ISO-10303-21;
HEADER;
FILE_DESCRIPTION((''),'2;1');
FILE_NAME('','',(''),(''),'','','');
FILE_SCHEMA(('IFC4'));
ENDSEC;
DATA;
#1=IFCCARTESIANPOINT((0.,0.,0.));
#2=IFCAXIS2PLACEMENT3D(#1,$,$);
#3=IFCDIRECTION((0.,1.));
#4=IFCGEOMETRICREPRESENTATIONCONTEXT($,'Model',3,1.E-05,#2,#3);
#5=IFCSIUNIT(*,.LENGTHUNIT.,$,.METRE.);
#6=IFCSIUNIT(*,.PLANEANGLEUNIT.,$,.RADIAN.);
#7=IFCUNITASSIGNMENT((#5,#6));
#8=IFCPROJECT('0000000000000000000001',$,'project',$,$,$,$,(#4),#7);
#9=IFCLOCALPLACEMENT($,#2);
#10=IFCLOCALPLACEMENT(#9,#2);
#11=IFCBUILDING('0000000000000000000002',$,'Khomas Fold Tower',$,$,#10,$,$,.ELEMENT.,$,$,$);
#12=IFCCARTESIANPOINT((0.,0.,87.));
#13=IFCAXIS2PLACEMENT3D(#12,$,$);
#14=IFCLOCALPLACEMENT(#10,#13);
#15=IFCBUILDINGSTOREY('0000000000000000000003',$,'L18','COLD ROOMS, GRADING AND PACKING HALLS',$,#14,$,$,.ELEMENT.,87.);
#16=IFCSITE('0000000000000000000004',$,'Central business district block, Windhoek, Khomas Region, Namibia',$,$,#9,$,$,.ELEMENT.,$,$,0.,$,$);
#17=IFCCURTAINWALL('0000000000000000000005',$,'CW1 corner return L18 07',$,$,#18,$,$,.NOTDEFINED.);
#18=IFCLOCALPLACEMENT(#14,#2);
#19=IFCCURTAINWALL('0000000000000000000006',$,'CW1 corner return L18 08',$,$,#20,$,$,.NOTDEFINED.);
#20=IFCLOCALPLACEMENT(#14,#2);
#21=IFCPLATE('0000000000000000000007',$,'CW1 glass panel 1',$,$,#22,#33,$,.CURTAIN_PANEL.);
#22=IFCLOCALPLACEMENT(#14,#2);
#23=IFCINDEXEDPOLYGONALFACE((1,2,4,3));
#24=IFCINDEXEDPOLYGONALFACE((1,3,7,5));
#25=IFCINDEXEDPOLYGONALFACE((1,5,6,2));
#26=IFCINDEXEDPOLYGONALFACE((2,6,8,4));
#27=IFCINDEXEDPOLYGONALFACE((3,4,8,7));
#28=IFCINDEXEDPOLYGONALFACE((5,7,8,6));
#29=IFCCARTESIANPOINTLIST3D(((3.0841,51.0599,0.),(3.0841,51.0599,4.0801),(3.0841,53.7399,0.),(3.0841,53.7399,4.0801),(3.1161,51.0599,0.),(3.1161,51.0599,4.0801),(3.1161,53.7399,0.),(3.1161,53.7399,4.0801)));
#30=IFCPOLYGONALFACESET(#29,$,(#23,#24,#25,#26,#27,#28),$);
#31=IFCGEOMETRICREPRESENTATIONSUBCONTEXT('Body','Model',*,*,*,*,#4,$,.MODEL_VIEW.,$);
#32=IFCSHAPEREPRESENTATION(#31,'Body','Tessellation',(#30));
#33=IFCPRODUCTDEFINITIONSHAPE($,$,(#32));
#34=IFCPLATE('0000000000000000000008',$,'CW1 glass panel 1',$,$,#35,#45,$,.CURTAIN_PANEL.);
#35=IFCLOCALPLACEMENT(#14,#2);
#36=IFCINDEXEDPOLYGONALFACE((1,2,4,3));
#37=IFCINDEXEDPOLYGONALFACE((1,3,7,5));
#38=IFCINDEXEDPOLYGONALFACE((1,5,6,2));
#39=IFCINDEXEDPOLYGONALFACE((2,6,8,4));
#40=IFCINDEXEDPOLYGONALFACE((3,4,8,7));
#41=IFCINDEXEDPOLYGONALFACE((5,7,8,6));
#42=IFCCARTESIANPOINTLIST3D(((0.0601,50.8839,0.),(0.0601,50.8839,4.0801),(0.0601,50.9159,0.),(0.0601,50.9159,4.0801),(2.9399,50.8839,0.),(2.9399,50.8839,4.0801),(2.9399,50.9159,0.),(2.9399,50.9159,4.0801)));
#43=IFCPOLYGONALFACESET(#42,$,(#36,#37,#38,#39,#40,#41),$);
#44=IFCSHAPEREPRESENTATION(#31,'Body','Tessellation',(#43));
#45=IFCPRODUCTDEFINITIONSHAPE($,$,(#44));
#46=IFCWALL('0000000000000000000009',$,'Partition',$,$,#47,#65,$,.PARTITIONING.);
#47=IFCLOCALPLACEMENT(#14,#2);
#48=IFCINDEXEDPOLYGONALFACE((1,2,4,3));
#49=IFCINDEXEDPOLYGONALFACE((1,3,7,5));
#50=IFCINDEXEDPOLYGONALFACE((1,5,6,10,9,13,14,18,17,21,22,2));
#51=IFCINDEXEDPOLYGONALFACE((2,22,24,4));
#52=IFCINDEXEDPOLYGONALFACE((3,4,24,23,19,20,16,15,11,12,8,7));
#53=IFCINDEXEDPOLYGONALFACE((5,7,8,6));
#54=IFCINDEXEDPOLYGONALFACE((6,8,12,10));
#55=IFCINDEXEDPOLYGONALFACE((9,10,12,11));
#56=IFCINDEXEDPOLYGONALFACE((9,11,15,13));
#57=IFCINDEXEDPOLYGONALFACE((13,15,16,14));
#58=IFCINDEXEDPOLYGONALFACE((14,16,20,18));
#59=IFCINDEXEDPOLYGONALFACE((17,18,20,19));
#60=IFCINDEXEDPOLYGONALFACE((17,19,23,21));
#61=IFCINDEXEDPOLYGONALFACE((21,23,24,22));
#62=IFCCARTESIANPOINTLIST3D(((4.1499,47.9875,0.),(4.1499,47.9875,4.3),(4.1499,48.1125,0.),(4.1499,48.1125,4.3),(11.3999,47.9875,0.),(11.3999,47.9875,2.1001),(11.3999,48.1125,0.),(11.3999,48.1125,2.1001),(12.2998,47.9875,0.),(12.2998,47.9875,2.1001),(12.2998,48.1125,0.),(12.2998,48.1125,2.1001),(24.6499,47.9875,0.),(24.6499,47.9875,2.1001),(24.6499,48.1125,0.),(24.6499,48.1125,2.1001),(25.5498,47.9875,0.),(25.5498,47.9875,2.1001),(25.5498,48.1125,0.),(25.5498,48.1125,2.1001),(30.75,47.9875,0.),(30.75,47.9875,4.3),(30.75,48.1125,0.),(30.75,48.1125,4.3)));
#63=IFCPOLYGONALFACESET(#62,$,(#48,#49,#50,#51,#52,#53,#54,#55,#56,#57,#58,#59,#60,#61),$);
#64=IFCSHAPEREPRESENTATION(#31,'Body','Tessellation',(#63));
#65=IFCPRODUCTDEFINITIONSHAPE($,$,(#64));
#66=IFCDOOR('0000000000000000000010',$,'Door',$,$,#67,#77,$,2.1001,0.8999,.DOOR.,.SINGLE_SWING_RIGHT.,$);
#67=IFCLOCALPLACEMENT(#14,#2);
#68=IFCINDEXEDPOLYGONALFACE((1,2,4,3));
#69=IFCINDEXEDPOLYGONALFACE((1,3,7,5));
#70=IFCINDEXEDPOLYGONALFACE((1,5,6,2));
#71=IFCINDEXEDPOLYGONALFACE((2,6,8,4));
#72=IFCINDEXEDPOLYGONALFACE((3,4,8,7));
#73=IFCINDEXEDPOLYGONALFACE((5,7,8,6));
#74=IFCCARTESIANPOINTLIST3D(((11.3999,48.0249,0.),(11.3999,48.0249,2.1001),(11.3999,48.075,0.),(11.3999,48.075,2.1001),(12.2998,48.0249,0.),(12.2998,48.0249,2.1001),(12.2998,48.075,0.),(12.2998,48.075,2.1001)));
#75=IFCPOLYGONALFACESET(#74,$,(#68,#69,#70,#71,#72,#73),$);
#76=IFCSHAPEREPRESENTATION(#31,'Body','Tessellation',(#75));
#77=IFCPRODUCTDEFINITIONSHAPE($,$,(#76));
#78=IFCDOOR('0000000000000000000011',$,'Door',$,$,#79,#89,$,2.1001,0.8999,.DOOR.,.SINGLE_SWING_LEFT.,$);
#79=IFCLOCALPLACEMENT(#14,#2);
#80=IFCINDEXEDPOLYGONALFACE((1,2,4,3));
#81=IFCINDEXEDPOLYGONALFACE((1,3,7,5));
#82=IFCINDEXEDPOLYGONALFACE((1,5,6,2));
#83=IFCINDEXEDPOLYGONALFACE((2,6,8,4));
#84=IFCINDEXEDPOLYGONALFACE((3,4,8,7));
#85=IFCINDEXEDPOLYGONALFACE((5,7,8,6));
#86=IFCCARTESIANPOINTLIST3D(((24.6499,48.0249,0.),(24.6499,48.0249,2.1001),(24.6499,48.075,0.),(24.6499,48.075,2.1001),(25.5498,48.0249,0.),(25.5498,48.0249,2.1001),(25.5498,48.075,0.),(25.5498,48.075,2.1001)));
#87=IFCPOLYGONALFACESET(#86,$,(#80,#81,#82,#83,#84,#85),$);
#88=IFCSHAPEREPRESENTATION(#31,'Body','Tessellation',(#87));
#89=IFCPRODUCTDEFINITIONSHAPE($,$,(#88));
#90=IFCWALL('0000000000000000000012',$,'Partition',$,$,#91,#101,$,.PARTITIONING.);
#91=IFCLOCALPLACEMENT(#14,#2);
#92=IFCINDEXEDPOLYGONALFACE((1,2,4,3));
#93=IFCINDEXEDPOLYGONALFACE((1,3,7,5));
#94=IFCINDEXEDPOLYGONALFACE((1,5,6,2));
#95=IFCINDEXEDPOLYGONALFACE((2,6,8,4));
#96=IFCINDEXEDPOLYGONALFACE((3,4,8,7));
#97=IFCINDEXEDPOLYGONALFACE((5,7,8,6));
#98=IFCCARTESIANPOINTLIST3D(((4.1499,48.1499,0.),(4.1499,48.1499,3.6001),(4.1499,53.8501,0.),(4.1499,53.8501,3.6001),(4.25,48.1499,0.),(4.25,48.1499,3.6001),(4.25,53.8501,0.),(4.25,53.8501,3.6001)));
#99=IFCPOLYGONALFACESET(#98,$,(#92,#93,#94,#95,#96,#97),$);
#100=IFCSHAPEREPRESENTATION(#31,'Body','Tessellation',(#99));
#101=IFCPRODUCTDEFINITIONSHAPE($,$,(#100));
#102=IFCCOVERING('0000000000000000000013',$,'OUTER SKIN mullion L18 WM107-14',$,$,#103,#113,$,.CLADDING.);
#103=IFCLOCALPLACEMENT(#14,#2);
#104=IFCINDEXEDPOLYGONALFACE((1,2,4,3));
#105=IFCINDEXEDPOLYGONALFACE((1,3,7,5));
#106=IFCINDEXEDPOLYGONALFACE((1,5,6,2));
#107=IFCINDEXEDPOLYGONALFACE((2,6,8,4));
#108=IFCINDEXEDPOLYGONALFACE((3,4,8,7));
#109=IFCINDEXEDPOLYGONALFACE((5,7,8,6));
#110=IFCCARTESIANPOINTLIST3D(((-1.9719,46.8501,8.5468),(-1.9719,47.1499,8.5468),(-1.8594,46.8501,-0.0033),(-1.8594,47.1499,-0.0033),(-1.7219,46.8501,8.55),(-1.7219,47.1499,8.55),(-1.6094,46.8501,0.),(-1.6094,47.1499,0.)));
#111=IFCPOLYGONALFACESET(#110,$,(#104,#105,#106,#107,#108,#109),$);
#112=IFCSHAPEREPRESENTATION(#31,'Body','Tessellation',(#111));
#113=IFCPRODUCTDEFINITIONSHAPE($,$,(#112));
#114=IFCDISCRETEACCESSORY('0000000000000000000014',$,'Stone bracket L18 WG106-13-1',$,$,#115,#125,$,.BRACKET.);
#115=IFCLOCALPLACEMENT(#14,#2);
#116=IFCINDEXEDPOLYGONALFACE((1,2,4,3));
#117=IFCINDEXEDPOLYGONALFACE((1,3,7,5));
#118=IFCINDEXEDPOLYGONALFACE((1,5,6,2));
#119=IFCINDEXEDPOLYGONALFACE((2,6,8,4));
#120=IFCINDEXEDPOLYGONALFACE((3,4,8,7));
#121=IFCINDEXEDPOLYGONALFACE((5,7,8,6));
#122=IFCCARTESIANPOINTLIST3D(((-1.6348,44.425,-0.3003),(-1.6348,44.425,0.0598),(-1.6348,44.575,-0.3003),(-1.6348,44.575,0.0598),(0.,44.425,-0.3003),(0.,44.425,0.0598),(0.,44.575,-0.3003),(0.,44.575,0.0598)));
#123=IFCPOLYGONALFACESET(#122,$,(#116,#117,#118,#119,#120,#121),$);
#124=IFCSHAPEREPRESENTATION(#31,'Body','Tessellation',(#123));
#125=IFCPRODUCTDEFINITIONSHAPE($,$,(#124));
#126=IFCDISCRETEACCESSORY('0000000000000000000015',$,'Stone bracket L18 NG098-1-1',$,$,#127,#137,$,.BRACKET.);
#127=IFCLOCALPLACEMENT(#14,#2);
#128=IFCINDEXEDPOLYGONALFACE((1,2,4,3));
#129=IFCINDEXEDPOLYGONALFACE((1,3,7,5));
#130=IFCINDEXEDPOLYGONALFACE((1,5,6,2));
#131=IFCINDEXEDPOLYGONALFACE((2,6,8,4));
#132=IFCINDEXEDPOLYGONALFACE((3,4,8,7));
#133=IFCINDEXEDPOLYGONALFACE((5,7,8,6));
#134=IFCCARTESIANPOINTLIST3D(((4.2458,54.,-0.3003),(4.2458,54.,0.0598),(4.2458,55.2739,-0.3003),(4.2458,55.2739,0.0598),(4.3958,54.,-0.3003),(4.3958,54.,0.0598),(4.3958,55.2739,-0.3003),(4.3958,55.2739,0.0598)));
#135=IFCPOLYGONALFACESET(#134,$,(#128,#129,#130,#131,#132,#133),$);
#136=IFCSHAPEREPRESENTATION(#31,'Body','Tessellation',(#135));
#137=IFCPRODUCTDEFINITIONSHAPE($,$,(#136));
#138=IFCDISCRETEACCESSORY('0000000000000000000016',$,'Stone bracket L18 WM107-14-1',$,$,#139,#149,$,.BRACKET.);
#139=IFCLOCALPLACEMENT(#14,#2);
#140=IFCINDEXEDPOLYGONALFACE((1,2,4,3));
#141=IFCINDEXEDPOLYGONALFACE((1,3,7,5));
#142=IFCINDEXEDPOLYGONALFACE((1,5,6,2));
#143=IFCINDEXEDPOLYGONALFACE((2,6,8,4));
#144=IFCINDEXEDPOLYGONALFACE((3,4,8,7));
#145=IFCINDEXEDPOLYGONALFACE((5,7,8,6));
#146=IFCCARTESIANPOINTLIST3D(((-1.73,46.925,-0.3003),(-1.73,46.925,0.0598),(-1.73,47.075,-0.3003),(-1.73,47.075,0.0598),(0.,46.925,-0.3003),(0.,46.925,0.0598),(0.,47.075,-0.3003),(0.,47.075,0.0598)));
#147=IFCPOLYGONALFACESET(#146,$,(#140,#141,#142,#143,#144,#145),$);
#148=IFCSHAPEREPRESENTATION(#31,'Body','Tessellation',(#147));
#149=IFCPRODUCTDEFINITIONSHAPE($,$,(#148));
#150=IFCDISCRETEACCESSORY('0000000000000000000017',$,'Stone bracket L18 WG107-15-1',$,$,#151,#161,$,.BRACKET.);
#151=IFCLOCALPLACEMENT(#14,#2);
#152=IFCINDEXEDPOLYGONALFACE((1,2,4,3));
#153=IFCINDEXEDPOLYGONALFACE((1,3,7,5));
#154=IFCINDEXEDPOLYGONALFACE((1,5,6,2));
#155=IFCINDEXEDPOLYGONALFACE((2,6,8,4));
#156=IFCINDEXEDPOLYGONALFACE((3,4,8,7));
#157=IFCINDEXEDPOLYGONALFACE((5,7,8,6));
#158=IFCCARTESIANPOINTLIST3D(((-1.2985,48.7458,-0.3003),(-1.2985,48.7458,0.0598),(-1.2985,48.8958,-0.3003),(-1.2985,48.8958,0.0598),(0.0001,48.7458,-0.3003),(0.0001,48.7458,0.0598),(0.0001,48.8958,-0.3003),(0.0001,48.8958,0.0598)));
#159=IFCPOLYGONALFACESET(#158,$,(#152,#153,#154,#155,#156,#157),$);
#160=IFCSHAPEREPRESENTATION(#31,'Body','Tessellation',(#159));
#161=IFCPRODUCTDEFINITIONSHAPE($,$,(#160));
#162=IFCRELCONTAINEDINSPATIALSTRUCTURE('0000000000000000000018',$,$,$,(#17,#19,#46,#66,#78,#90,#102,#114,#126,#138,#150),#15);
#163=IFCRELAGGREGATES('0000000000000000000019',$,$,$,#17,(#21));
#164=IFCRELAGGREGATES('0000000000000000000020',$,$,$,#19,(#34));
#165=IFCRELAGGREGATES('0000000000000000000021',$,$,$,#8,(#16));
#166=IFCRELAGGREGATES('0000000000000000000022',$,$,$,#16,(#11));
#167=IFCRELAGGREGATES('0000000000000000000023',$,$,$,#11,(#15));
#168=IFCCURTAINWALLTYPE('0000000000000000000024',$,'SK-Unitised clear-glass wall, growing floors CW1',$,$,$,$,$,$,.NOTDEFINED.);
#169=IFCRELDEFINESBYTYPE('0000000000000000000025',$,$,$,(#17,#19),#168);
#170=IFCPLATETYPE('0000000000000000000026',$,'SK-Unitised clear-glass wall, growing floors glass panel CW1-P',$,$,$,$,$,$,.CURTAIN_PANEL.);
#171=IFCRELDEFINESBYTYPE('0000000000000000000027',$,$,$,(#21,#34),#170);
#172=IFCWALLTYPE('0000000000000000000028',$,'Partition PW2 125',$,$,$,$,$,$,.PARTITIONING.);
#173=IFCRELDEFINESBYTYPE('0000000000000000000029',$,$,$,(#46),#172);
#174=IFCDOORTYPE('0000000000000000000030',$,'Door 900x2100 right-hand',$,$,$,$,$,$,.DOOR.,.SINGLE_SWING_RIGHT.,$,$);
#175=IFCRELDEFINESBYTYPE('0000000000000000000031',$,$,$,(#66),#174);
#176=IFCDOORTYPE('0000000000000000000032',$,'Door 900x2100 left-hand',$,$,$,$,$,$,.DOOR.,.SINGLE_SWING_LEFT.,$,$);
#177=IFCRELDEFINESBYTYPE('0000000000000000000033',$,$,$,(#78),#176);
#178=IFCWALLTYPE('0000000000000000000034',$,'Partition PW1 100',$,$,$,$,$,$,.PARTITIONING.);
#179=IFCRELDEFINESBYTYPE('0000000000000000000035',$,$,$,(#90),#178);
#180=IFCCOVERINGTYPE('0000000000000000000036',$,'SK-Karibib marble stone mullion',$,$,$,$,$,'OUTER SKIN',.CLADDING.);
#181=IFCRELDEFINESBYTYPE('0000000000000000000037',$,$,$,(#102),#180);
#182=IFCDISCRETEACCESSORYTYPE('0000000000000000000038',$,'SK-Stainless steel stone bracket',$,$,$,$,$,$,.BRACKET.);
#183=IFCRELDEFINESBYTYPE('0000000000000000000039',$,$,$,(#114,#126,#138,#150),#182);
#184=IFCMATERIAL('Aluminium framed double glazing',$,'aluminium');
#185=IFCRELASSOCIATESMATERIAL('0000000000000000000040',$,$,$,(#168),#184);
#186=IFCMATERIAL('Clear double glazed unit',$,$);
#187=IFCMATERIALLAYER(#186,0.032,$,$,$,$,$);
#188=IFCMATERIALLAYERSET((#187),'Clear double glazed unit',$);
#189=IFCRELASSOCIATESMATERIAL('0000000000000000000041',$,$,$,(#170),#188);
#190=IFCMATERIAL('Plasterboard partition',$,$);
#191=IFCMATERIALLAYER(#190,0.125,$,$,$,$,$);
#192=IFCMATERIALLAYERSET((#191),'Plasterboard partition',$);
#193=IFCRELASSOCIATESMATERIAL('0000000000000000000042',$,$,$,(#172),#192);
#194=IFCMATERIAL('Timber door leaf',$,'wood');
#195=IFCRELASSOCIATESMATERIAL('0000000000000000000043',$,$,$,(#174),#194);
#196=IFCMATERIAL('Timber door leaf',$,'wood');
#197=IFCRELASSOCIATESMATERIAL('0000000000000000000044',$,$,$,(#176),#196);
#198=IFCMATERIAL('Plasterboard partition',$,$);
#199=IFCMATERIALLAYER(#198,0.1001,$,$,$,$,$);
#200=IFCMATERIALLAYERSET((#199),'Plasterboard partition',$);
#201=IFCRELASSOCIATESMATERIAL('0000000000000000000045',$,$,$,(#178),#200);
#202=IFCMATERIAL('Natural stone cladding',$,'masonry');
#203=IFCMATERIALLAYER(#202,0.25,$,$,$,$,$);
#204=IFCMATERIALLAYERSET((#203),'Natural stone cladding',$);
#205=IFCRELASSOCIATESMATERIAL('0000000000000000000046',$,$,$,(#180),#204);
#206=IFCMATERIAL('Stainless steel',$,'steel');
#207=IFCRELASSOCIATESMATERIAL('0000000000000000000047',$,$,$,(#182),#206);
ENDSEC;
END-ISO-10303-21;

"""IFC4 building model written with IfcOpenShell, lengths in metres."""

from ifc_helpers import new_model, si_unit, direction, frame, frame_2d, origin, origin_2d, place, context, subcontext, project, spatial, polyline, rectangle, outline, extrude, source, transform, mapped, material, layer, layer_set, type_object, element, fill, aggregate, save


model = new_model("IFC4")

# Units and contexts
model_context = context("Model", 3, precision=1e-05, world=origin(), true_north=direction((0.0, 1.0)))
body_context = subcontext(model_context, "Body", "Model", "MODEL_VIEW")
ifc_project = project(units=[si_unit("LENGTHUNIT", "METRE"), si_unit("PLANEANGLEUNIT", "RADIAN")], contexts=[model_context])

# Site, building, storey
site_placement = place(None, origin())
site = spatial("IfcSite", under=ifc_project, at=site_placement, Name="Central business district block, Windhoek, Khomas Region, Namibia", CompositionType="ELEMENT", RefElevation=0.0)
building_placement = place(site_placement, origin())
building = spatial("IfcBuilding", under=site, at=building_placement, Name="Khomas Fold Tower", CompositionType="ELEMENT")
storey_placement = place(building_placement, frame((0.0, 0.0, 87.0)))
storey = spatial("IfcBuildingStorey", under=building, at=storey_placement, Name="L18", Description="COLD ROOMS, GRADING AND PACKING HALLS", CompositionType="ELEMENT", Elevation=87.0)

# Shared definitions
ifc_material_1 = material(Name="Aluminium framed double glazing", Category="aluminium")
curtain_wall_type = type_object("IfcCurtainWallType", Name="SK-Unitised clear-glass wall, growing floors CW1", PredefinedType="NOTDEFINED", material=ifc_material_1)

# Curtain walls
curtain_wall_1_placement = place(storey_placement, origin())
curtain_wall_1 = element("IfcCurtainWall", 1, at=curtain_wall_1_placement, inside=storey, type_object=curtain_wall_type, Name="CW1 corner return L18 07", PredefinedType="NOTDEFINED")
curtain_wall_2_placement = place(storey_placement, origin())
curtain_wall_2 = element("IfcCurtainWall", 2, at=curtain_wall_2_placement, inside=storey, type_object=curtain_wall_type, Name="CW1 corner return L18 08", PredefinedType="NOTDEFINED")

# Plates
ifc_material_2 = material(Name="Clear double glazed unit")
ifc_layer_1 = layer(ifc_material_2, 0.032)
ifc_layer_set_1 = layer_set([ifc_layer_1], Name="Clear double glazed unit")
plate_type_1 = type_object("IfcPlateType", Name="SK-Unitised clear-glass wall, growing floors glass panel CW1-P", PredefinedType="CURTAIN_PANEL", material=ifc_layer_set_1)
shared_shape_1 = source(origin(), body_context, "Body", "SweptSolid", [
    extrude(rectangle(XDim=2.6799, YDim=0.032, at=origin_2d()), origin(), (0.0, 0.0, 1.0), 4.0801),
])
plate_1_placement = place(storey_placement, frame((3.1001, 52.3999, 0.0), z_axis=(0.0, 0.0, 1.0), x_axis=(0.0, -1.0, 0.0)))
plate_1 = element("IfcPlate", 3, at=plate_1_placement, type_object=plate_type_1, Name="CW1 glass panel 1", PredefinedType="CURTAIN_PANEL", context=body_context, shape_type="MappedRepresentation", body=[
    mapped(shared_shape_1, transform((0.0, 0.0, 0.0))),
])
aggregate(curtain_wall_1, [plate_1])
shared_shape_2 = source(origin(), body_context, "Body", "SweptSolid", [
    extrude(rectangle(XDim=2.8799, YDim=0.032, at=origin_2d()), origin(), (0.0, 0.0, 1.0), 4.0801),
])
plate_2_placement = place(storey_placement, frame((1.5, 50.8999, 0.0), z_axis=(0.0, 0.0, 1.0), x_axis=(-1.0, 0.0, 0.0)))
plate_2 = element("IfcPlate", 4, at=plate_2_placement, type_object=plate_type_1, Name="CW1 glass panel 1", PredefinedType="CURTAIN_PANEL", context=body_context, shape_type="MappedRepresentation", body=[
    mapped(shared_shape_2, transform((0.0, 0.0, 0.0))),
])
aggregate(curtain_wall_2, [plate_2])

# Wall, openings, doors
ifc_material_3 = material(Name="Plasterboard partition")
ifc_layer_2 = layer(ifc_material_3, 0.125)
ifc_layer_set_2 = layer_set([ifc_layer_2], Name="Plasterboard partition")
wall_type_1 = type_object("IfcWallType", Name="Partition PW2 125", PredefinedType="PARTITIONING", material=ifc_layer_set_2)
shared_shape_3 = source(origin(), body_context, "Body", "SweptSolid", [
    extrude(rectangle(XDim=26.6001, YDim=0.125, at=frame_2d((13.3, 0.0))), origin(), (0.0, 0.0, 1.0), 4.3),
])
wall_1_placement = place(storey_placement, frame((4.1499, 48.05, 0.0), z_axis=(0.0, 0.0, 1.0), x_axis=(1.0, 0.0, 0.0)))
wall_1 = element("IfcWall", 5, at=wall_1_placement, inside=storey, type_object=wall_type_1, Name="Partition", PredefinedType="PARTITIONING", context=body_context, shape_type="MappedRepresentation", body=[
    mapped(shared_shape_3, transform((0.0, 0.0, 0.0))),
])
shared_shape_4 = source(origin(), body_context, "Body", "SweptSolid", [
    extrude(rectangle(XDim=0.8999, YDim=2.1001, at=frame_2d((0.45, 1.05))), frame((0.0, 0.0725, 0.0), z_axis=(0.0, -1.0, 0.0), x_axis=(1.0, 0.0, 0.0)), (0.0, 0.0, 1.0), 0.145),
])
opening_1_placement = place(wall_1_placement, frame((7.25, 0.0, 0.0)))
opening_1 = element("IfcOpeningElement", 6, at=opening_1_placement, cuts=wall_1, PredefinedType="OPENING", context=body_context, shape_type="MappedRepresentation", body=[
    mapped(shared_shape_4, transform((0.0, 0.0, 0.0))),
])
opening_2_placement = place(wall_1_placement, frame((20.5, 0.0, 0.0)))
opening_2 = element("IfcOpeningElement", 7, at=opening_2_placement, cuts=wall_1, PredefinedType="OPENING", context=body_context, shape_type="MappedRepresentation", body=[
    mapped(shared_shape_4, transform((0.0, 0.0, 0.0))),
])
ifc_material_4 = material(Name="Timber door leaf", Category="wood")
door_type_1 = type_object("IfcDoorType", Name="Door 900x2100 right-hand", OperationType="SINGLE_SWING_RIGHT", PredefinedType="DOOR", material=ifc_material_4)
shared_shape_5 = source(origin(), body_context, "Body", "SweptSolid", [
    extrude(rectangle(XDim=0.8999, YDim=2.1001, at=frame_2d((0.45, 1.05))), frame((0.0, 0.0249, 0.0), z_axis=(0.0, -1.0, 0.0), x_axis=(1.0, 0.0, 0.0)), (0.0, 0.0, 1.0), 0.05),
])
door_1_placement = place(opening_1_placement, origin())
door_1 = element("IfcDoor", 8, at=door_1_placement, inside=storey, type_object=door_type_1, Name="Door", OperationType="SINGLE_SWING_RIGHT", OverallHeight=2.1001, OverallWidth=0.8999, PredefinedType="DOOR", context=body_context, shape_type="MappedRepresentation", body=[
    mapped(shared_shape_5, transform((0.0, 0.0, 0.0))),
])
fill(opening_1, door_1)
ifc_material_5 = material(Name="Timber door leaf", Category="wood")
door_type_2 = type_object("IfcDoorType", Name="Door 900x2100 left-hand", OperationType="SINGLE_SWING_LEFT", PredefinedType="DOOR", material=ifc_material_5)
door_2_placement = place(opening_2_placement, origin())
door_2 = element("IfcDoor", 9, at=door_2_placement, inside=storey, type_object=door_type_2, Name="Door", OperationType="SINGLE_SWING_LEFT", OverallHeight=2.1001, OverallWidth=0.8999, PredefinedType="DOOR", context=body_context, shape_type="MappedRepresentation", body=[
    mapped(shared_shape_5, transform((0.0, 0.0, 0.0))),
])
fill(opening_2, door_2)

# Wall
ifc_material_6 = material(Name="Plasterboard partition")
ifc_layer_3 = layer(ifc_material_6, 0.1001)
ifc_layer_set_3 = layer_set([ifc_layer_3], Name="Plasterboard partition")
wall_type_2 = type_object("IfcWallType", Name="Partition PW1 100", PredefinedType="PARTITIONING", material=ifc_layer_set_3)
shared_shape_6 = source(origin(), body_context, "Body", "SweptSolid", [
    extrude(rectangle(XDim=5.7002, YDim=0.1001, at=frame_2d((2.8501, 0.0))), origin(), (0.0, 0.0, 1.0), 3.6001),
])
wall_2_placement = place(storey_placement, frame((4.2, 48.1499, 0.0), z_axis=(0.0, 0.0, 1.0), x_axis=(0.0, 1.0, 0.0)))
element("IfcWall", 10, at=wall_2_placement, inside=storey, type_object=wall_type_2, Name="Partition", PredefinedType="PARTITIONING", context=body_context, shape_type="MappedRepresentation", body=[
    mapped(shared_shape_6, transform((0.0, 0.0, 0.0))),
])

# Covering
ifc_material_7 = material(Name="Natural stone cladding", Category="masonry")
ifc_layer_4 = layer(ifc_material_7, 0.25)
ifc_layer_set_4 = layer_set([ifc_layer_4], Name="Natural stone cladding")
covering_type = type_object("IfcCoveringType", Name="SK-Karibib marble stone mullion", ElementType="OUTER SKIN", PredefinedType="CLADDING", material=ifc_layer_set_4)
covering_placement = place(storey_placement, frame((-1.7219, 47.1499, 8.55), z_axis=(0.999913, 0.0, 0.013162), x_axis=(0.013162, 0.0, -0.999913)))
element("IfcCovering", 11, at=covering_placement, inside=storey, type_object=covering_type, Name="OUTER SKIN mullion L18 WM107-14", PredefinedType="CLADDING", context=body_context, shape_type="SweptSolid", body=[
    extrude(outline(polyline([(0.0, 0.0), (8.5508, 0.0), (8.5508, -0.2998), (0.0, -0.2998), (0.0, 0.0)])), origin(), (0.0, 0.0, -1.0), 0.25),
])

# Discrete accessories
ifc_material_8 = material(Name="Stainless steel", Category="steel")
discrete_accessory_type = type_object("IfcDiscreteAccessoryType", Name="SK-Stainless steel stone bracket", PredefinedType="BRACKET", material=ifc_material_8)
shared_shape_7 = source(origin(), body_context, "Body", "SweptSolid", [
    extrude(rectangle(XDim=1.6348, YDim=0.1499, at=origin_2d()), origin(), (0.0, 0.0, 1.0), 0.3601),
])
discrete_accessory_1_placement = place(storey_placement, frame((-0.8174, 44.5, -0.3003), z_axis=(0.0, 0.0, 1.0), x_axis=(-1.0, 0.0, 0.0)))
element("IfcDiscreteAccessory", 12, at=discrete_accessory_1_placement, inside=storey, type_object=discrete_accessory_type, Name="Stone bracket L18 WG106-13-1", PredefinedType="BRACKET", context=body_context, shape_type="MappedRepresentation", body=[
    mapped(shared_shape_7, transform((0.0, 0.0, 0.0))),
])
shared_shape_8 = source(origin(), body_context, "Body", "SweptSolid", [
    extrude(rectangle(XDim=1.2739, YDim=0.1499, at=origin_2d()), origin(), (0.0, 0.0, 1.0), 0.3601),
])
discrete_accessory_2_placement = place(storey_placement, frame((4.3208, 54.637, -0.3003), z_axis=(0.0, 0.0, 1.0), x_axis=(0.0, 1.0, 0.0)))
element("IfcDiscreteAccessory", 13, at=discrete_accessory_2_placement, inside=storey, type_object=discrete_accessory_type, Name="Stone bracket L18 NG098-1-1", PredefinedType="BRACKET", context=body_context, shape_type="MappedRepresentation", body=[
    mapped(shared_shape_8, transform((0.0, 0.0, 0.0))),
])
shared_shape_9 = source(origin(), body_context, "Body", "SweptSolid", [
    extrude(rectangle(XDim=1.73, YDim=0.1499, at=origin_2d()), origin(), (0.0, 0.0, 1.0), 0.3601),
])
discrete_accessory_3_placement = place(storey_placement, frame((-0.865, 47.0, -0.3003), z_axis=(0.0, 0.0, 1.0), x_axis=(-1.0, 0.0, 0.0)))
element("IfcDiscreteAccessory", 14, at=discrete_accessory_3_placement, inside=storey, type_object=discrete_accessory_type, Name="Stone bracket L18 WM107-14-1", PredefinedType="BRACKET", context=body_context, shape_type="MappedRepresentation", body=[
    mapped(shared_shape_9, transform((0.0, 0.0, 0.0))),
])
shared_shape_10 = source(origin(), body_context, "Body", "SweptSolid", [
    extrude(rectangle(XDim=1.2986, YDim=0.1499, at=origin_2d()), origin(), (0.0, 0.0, 1.0), 0.3601),
])
discrete_accessory_4_placement = place(storey_placement, frame((-0.6492, 48.8208, -0.3003), z_axis=(0.0, 0.0, 1.0), x_axis=(-1.0, 0.0, 0.0)))
element("IfcDiscreteAccessory", 15, at=discrete_accessory_4_placement, inside=storey, type_object=discrete_accessory_type, Name="Stone bracket L18 WG107-15-1", PredefinedType="BRACKET", context=body_context, shape_type="MappedRepresentation", body=[
    mapped(shared_shape_10, transform((0.0, 0.0, 0.0))),
])

save(model, "model.ifc")
